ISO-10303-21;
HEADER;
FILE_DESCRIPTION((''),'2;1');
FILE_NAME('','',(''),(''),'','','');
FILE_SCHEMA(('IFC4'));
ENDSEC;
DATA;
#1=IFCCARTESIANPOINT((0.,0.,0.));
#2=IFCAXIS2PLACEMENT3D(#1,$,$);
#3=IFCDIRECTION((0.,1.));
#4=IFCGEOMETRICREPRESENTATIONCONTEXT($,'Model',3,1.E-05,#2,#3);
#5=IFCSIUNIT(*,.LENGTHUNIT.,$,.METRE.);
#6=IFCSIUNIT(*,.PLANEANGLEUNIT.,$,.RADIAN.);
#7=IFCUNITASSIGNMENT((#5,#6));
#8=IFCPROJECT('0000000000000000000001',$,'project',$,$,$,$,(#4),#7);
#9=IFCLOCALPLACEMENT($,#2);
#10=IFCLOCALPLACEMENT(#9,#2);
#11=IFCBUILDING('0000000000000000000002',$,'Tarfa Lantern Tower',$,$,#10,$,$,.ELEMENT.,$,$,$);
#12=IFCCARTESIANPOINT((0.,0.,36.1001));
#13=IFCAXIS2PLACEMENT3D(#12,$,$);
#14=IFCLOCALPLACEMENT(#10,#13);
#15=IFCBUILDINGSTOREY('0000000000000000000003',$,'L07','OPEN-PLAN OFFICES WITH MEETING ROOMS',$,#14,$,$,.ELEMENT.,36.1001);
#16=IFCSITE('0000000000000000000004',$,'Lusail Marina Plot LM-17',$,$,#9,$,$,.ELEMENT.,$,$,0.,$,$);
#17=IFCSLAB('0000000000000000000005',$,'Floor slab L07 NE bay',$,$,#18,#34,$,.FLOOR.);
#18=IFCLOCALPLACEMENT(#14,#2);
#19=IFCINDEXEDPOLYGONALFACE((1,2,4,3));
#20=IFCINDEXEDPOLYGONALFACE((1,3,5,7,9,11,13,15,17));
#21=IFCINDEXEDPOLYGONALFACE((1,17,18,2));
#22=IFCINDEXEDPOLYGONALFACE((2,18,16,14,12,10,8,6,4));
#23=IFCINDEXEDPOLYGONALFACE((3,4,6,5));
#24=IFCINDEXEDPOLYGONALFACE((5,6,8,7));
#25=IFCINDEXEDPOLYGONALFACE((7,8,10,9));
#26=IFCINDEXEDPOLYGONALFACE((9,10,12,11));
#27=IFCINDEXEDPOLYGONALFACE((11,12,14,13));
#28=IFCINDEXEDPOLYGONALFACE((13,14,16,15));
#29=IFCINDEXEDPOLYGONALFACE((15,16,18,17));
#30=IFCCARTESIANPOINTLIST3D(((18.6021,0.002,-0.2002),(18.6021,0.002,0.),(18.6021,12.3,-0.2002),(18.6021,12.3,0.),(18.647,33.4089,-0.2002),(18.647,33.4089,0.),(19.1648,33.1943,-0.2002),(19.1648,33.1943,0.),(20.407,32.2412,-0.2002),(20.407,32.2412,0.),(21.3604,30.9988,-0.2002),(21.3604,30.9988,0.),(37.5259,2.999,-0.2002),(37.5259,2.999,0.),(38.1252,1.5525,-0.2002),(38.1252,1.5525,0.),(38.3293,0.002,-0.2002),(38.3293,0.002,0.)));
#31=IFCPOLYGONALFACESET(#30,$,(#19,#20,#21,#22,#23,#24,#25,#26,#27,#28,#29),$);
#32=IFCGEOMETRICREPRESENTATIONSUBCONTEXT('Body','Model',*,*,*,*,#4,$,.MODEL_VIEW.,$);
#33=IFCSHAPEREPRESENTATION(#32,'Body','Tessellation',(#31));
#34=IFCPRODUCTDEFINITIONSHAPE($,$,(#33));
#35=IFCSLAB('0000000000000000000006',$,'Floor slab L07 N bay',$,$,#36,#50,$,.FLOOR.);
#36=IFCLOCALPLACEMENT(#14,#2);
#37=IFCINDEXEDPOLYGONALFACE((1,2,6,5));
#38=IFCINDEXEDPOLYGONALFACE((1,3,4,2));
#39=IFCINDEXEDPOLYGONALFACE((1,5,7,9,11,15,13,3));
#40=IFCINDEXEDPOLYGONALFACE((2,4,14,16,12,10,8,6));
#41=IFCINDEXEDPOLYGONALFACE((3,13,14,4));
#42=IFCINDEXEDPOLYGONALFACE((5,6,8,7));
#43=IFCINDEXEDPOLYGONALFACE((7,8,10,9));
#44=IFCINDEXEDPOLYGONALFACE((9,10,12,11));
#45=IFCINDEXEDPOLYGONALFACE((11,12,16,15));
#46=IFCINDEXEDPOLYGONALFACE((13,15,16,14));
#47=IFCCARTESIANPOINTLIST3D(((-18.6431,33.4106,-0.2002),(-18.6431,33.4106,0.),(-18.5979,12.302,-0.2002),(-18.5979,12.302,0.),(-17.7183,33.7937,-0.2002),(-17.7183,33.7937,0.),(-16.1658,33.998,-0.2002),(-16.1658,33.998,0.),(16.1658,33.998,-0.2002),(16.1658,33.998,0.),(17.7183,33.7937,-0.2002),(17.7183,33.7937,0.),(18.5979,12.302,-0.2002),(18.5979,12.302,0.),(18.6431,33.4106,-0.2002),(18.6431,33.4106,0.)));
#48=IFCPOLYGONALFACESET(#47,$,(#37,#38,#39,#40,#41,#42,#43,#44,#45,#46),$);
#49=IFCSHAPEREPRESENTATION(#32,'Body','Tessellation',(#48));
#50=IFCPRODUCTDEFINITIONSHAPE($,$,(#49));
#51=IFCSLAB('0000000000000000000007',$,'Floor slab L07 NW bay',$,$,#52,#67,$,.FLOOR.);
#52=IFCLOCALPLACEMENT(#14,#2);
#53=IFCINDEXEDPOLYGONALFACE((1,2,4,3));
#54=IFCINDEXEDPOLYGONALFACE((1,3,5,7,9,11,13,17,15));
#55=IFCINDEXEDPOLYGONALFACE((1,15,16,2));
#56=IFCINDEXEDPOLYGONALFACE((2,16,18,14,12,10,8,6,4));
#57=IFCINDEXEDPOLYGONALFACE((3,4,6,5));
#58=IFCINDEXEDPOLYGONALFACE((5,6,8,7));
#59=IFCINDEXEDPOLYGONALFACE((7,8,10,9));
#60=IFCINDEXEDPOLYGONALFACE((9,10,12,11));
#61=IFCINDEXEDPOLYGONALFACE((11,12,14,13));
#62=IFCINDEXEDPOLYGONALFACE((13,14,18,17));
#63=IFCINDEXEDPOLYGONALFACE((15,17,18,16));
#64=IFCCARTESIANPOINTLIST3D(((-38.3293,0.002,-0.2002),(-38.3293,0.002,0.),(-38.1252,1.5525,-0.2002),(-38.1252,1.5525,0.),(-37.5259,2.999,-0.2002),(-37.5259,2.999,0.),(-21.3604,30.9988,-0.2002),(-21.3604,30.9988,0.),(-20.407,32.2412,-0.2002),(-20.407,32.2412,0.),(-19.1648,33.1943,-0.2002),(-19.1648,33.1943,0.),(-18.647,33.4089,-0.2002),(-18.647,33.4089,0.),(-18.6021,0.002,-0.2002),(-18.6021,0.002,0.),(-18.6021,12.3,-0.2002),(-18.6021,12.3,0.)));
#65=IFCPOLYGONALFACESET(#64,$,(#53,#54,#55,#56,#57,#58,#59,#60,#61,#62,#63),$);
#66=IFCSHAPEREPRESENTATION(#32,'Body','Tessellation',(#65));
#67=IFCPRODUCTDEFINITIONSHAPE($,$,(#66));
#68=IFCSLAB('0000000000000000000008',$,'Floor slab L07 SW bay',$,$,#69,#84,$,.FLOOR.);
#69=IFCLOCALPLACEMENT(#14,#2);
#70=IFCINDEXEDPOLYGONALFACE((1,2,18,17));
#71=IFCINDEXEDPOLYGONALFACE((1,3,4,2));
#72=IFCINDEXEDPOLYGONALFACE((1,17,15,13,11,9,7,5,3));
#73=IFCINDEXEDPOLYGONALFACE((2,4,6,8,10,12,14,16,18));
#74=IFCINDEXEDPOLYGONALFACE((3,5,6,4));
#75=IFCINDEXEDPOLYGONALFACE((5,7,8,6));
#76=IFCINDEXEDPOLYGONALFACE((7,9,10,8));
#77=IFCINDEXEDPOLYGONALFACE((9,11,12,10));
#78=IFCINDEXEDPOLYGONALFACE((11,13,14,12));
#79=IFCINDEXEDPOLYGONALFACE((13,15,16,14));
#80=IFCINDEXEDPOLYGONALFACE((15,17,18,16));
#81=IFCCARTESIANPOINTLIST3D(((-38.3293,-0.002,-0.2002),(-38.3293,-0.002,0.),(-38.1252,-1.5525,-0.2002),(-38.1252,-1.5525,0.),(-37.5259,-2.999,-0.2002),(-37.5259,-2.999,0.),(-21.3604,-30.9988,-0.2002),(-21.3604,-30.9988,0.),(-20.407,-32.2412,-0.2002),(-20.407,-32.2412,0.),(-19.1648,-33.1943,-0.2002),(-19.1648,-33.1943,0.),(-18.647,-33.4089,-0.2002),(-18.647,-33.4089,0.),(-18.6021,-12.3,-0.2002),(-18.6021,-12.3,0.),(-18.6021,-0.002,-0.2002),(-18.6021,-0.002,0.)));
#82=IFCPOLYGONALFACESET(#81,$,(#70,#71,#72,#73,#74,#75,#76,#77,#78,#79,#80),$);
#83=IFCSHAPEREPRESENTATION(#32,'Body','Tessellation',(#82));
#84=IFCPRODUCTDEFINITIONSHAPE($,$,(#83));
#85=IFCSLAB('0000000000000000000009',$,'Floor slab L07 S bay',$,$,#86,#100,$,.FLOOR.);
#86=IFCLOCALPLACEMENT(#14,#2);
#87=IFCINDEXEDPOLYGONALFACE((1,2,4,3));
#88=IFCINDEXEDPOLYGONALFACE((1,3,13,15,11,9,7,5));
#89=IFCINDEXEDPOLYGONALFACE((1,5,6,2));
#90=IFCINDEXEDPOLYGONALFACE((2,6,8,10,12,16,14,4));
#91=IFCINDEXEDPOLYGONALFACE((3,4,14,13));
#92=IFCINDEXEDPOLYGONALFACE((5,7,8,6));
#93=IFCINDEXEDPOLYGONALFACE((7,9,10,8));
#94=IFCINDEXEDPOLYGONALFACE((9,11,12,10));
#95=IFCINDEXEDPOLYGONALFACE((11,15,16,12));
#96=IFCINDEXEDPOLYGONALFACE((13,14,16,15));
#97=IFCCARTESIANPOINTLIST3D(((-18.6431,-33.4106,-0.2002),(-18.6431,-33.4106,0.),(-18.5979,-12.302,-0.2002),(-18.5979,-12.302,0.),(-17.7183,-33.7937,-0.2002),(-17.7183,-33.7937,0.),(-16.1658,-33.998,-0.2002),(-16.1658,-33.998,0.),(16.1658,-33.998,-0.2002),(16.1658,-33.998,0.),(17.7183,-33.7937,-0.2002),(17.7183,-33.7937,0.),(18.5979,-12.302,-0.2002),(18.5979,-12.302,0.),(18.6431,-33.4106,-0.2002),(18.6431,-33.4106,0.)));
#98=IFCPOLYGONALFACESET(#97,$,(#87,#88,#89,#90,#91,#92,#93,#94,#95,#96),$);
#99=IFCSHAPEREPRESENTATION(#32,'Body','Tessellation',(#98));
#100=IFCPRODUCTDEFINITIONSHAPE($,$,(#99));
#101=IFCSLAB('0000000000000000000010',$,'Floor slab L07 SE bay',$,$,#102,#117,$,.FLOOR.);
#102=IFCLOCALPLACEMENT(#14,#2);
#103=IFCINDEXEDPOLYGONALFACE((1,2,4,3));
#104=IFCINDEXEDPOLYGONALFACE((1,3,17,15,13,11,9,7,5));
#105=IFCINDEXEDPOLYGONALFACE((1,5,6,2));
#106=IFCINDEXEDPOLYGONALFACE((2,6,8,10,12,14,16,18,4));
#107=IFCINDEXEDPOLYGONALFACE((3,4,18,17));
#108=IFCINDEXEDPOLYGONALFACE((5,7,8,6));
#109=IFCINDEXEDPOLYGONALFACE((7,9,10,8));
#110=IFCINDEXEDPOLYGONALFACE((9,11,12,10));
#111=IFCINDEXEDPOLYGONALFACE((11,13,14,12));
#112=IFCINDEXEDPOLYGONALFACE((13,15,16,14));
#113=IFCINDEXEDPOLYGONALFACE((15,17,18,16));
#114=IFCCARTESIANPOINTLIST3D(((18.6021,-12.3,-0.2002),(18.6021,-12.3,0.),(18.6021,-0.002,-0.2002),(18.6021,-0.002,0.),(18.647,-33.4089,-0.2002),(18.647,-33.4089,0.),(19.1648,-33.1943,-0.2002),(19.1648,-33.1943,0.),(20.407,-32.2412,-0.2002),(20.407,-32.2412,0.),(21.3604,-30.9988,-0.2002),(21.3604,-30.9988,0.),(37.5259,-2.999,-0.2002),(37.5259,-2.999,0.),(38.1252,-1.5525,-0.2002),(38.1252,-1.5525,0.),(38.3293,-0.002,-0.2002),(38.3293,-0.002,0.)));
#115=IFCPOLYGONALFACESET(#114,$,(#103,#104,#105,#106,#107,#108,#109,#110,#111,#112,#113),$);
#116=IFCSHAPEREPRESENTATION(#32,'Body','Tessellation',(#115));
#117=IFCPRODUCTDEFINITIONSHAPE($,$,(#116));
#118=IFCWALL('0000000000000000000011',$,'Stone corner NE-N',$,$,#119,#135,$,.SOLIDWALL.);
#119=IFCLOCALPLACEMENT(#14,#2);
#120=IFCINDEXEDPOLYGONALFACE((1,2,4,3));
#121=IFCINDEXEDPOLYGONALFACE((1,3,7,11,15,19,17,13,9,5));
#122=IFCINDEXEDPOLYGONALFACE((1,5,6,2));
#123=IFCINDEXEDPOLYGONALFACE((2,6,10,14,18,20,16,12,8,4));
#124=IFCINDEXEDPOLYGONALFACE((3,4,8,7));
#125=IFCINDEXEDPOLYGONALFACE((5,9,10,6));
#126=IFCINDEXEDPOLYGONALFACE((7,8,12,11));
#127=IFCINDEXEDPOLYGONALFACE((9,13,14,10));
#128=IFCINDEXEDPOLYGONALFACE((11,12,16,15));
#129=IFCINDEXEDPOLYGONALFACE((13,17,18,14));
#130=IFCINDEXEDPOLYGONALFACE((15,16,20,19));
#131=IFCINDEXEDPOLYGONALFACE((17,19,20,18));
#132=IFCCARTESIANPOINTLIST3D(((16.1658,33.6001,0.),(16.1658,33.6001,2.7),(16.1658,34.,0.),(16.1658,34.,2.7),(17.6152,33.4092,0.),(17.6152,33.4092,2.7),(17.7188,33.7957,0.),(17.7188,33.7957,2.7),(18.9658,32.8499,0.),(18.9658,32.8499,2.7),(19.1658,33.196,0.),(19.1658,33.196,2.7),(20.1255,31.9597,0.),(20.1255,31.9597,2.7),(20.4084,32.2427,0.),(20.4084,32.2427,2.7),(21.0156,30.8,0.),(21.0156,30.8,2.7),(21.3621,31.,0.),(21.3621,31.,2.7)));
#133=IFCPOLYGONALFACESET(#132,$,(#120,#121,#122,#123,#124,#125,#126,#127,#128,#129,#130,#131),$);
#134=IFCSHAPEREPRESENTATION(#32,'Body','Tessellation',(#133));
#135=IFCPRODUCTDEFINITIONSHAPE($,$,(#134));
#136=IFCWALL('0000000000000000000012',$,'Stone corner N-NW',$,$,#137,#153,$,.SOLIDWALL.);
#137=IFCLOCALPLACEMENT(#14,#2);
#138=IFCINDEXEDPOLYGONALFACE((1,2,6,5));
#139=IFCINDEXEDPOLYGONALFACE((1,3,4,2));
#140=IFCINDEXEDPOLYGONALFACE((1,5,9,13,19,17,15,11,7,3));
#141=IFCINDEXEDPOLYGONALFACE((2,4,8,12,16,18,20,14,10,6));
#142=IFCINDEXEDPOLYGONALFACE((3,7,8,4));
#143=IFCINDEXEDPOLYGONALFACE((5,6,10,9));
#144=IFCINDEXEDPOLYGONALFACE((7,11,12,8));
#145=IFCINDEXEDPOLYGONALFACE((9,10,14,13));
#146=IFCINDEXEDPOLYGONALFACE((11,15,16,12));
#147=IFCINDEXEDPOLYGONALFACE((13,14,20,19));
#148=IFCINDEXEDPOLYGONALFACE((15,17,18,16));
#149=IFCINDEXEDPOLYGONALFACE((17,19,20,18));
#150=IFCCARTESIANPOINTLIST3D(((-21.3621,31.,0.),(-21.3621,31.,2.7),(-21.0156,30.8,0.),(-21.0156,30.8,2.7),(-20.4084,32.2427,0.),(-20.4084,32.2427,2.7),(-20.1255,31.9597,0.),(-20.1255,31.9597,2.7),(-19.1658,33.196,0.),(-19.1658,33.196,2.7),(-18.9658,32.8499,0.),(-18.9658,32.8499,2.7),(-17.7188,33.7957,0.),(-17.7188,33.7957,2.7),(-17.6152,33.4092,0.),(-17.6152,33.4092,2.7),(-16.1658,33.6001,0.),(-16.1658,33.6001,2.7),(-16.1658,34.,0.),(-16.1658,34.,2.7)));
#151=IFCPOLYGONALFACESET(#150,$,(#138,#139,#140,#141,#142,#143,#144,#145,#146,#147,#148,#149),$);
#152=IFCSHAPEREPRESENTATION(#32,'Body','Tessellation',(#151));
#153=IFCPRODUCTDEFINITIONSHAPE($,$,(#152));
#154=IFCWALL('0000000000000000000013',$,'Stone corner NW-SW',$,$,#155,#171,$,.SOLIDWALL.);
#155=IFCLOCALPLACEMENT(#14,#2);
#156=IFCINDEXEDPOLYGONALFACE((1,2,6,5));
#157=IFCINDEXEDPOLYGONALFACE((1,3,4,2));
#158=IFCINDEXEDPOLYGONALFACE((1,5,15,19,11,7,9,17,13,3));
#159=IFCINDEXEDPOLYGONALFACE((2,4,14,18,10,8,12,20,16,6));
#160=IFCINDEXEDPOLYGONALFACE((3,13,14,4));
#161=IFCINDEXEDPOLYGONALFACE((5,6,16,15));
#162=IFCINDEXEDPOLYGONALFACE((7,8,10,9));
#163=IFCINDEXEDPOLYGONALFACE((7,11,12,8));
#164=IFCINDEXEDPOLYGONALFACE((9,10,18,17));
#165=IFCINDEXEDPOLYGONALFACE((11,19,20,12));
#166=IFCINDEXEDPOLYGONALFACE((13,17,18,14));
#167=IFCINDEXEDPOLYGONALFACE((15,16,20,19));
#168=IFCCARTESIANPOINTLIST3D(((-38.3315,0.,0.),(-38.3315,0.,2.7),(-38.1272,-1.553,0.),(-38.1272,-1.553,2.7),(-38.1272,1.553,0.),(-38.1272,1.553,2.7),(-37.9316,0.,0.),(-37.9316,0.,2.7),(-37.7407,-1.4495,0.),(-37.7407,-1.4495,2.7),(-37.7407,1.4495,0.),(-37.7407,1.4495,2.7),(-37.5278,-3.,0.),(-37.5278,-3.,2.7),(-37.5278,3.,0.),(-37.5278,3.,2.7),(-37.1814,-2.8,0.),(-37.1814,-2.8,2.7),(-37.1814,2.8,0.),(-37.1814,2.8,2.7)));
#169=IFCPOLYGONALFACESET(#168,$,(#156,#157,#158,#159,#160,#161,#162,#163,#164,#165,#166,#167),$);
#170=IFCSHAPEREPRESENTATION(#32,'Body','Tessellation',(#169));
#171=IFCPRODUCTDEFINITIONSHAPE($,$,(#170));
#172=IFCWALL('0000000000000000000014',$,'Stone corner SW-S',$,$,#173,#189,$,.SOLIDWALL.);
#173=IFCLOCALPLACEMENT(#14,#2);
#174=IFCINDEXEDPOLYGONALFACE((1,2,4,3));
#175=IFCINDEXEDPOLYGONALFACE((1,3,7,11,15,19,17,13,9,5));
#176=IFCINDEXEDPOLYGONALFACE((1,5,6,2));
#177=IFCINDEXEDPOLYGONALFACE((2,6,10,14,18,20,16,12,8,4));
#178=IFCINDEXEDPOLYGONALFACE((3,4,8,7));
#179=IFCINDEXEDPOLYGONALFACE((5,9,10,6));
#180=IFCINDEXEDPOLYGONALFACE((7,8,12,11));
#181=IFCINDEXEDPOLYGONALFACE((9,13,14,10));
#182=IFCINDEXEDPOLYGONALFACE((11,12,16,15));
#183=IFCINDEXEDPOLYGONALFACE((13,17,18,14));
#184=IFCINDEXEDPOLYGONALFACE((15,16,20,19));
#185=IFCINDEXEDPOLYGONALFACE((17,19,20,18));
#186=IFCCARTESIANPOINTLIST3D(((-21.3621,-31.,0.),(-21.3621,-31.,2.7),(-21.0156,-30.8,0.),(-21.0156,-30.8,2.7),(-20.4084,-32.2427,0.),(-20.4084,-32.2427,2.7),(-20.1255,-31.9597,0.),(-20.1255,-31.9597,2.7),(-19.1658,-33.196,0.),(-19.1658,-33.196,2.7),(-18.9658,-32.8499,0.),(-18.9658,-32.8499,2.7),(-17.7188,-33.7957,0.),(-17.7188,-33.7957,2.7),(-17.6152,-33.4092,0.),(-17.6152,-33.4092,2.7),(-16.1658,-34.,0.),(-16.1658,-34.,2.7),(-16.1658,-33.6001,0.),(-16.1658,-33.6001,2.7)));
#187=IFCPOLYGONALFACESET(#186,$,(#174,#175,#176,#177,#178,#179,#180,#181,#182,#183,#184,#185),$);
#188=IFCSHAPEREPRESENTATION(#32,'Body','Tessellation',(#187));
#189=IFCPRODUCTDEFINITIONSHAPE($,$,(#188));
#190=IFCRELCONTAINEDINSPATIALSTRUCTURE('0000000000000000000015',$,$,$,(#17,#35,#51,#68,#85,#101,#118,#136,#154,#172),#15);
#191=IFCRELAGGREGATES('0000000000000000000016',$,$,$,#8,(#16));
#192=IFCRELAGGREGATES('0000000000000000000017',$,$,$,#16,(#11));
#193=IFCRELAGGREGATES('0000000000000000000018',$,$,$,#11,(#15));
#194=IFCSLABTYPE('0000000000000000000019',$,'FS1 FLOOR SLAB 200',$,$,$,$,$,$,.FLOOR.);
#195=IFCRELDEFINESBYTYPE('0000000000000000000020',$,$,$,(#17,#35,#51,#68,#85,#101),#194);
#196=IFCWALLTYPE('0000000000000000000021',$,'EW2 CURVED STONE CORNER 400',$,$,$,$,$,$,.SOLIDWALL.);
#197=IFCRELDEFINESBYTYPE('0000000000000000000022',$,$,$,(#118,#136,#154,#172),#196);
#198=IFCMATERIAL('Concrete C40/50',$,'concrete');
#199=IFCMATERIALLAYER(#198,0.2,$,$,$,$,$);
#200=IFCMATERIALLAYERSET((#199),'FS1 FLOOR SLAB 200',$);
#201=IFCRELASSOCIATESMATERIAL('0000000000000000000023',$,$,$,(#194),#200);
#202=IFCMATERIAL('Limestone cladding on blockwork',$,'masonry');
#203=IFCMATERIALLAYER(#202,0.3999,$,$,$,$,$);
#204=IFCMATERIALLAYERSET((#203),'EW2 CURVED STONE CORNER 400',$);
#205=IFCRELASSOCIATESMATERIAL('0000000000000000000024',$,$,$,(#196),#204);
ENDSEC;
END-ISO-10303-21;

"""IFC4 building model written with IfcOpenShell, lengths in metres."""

from ifc_helpers import new_model, si_unit, direction, frame, origin, place, context, subcontext, project, spatial, polyline, outline, extrude, material, layer, layer_set, type_object, element, save


model = new_model("IFC4")

# Units and contexts
model_context = context("Model", 3, precision=1e-05, world=origin(), true_north=direction((0.0, 1.0)))
body_context = subcontext(model_context, "Body", "Model", "MODEL_VIEW")
ifc_project = project(units=[si_unit("LENGTHUNIT", "METRE"), si_unit("PLANEANGLEUNIT", "RADIAN")], contexts=[model_context])

# Site, building, storey
site_placement = place(None, origin())
site = spatial("IfcSite", under=ifc_project, at=site_placement, Name="Lusail Marina Plot LM-17", CompositionType="ELEMENT", RefElevation=0.0)
building_placement = place(site_placement, origin())
building = spatial("IfcBuilding", under=site, at=building_placement, Name="Tarfa Lantern Tower", CompositionType="ELEMENT")
storey_placement = place(building_placement, frame((0.0, 0.0, 36.1001)))
storey = spatial("IfcBuildingStorey", under=building, at=storey_placement, Name="L07", Description="OPEN-PLAN OFFICES WITH MEETING ROOMS", CompositionType="ELEMENT", Elevation=36.1001)

# Slabs
ifc_material_1 = material(Name="Concrete C40/50", Category="concrete")
ifc_layer_1 = layer(ifc_material_1, 0.2)
ifc_layer_set_1 = layer_set([ifc_layer_1], Name="FS1 FLOOR SLAB 200")
slab_type_1 = type_object("IfcSlabType", Name="FS1 FLOOR SLAB 200", PredefinedType="FLOOR", material=ifc_layer_set_1)
slab_1_placement = place(storey_placement, frame((0.0, 0.0, -0.2002)))
element("IfcSlab", 1, at=slab_1_placement, inside=storey, type_object=slab_type_1, Name="Floor slab L07 NE bay", PredefinedType="FLOOR", context=body_context, shape_type="SweptSolid", body=[
    extrude(outline(polyline([(37.5259, 2.999), (21.3604, 30.9988), (20.407, 32.2412), (19.1648, 33.1943), (18.647, 33.4089), (18.6021, 12.3), (18.6021, 0.002), (38.3293, 0.002), (38.1252, 1.5525), (37.5259, 2.999)])), origin(), (0.0, 0.0, 1.0), 0.2002),
])
slab_2_placement = place(storey_placement, frame((0.0, 0.0, -0.2002)))
element("IfcSlab", 2, at=slab_2_placement, inside=storey, type_object=slab_type_1, Name="Floor slab L07 N bay", PredefinedType="FLOOR", context=body_context, shape_type="SweptSolid", body=[
    extrude(outline(polyline([(-18.5979, 12.302), (18.5979, 12.302), (18.6431, 33.4106), (17.7183, 33.7937), (16.1658, 33.998), (-16.1658, 33.998), (-17.7183, 33.7937), (-18.6431, 33.4106), (-18.5979, 12.302)])), origin(), (0.0, 0.0, 1.0), 0.2002),
])
slab_3_placement = place(storey_placement, frame((0.0, 0.0, -0.2002)))
element("IfcSlab", 3, at=slab_3_placement, inside=storey, type_object=slab_type_1, Name="Floor slab L07 NW bay", PredefinedType="FLOOR", context=body_context, shape_type="SweptSolid", body=[
    extrude(outline(polyline([(-18.6021, 0.002), (-18.6021, 12.3), (-18.647, 33.4089), (-19.1648, 33.1943), (-20.407, 32.2412), (-21.3604, 30.9988), (-37.5259, 2.999), (-38.1252, 1.5525), (-38.3293, 0.002), (-18.6021, 0.002)])), origin(), (0.0, 0.0, 1.0), 0.2002),
])
slab_4_placement = place(storey_placement, frame((0.0, 0.0, -0.2002)))
element("IfcSlab", 4, at=slab_4_placement, inside=storey, type_object=slab_type_1, Name="Floor slab L07 SW bay", PredefinedType="FLOOR", context=body_context, shape_type="SweptSolid", body=[
    extrude(outline(polyline([(-18.6021, -12.3), (-18.6021, -0.002), (-38.3293, -0.002), (-38.1252, -1.5525), (-37.5259, -2.999), (-21.3604, -30.9988), (-20.407, -32.2412), (-19.1648, -33.1943), (-18.647, -33.4089), (-18.6021, -12.3)])), origin(), (0.0, 0.0, 1.0), 0.2002),
])
slab_5_placement = place(storey_placement, frame((0.0, 0.0, -0.2002)))
element("IfcSlab", 5, at=slab_5_placement, inside=storey, type_object=slab_type_1, Name="Floor slab L07 S bay", PredefinedType="FLOOR", context=body_context, shape_type="SweptSolid", body=[
    extrude(outline(polyline([(18.5979, -12.302), (-18.5979, -12.302), (-18.6431, -33.4106), (-17.7183, -33.7937), (-16.1658, -33.998), (16.1658, -33.998), (17.7183, -33.7937), (18.6431, -33.4106), (18.5979, -12.302)])), origin(), (0.0, 0.0, 1.0), 0.2002),
])
slab_6_placement = place(storey_placement, frame((0.0, 0.0, -0.2002)))
element("IfcSlab", 6, at=slab_6_placement, inside=storey, type_object=slab_type_1, Name="Floor slab L07 SE bay", PredefinedType="FLOOR", context=body_context, shape_type="SweptSolid", body=[
    extrude(outline(polyline([(18.6021, -0.002), (18.6021, -12.3), (18.647, -33.4089), (19.1648, -33.1943), (20.407, -32.2412), (21.3604, -30.9988), (37.5259, -2.999), (38.1252, -1.5525), (38.3293, -0.002), (18.6021, -0.002)])), origin(), (0.0, 0.0, 1.0), 0.2002),
])

# Walls
ifc_material_2 = material(Name="Limestone cladding on blockwork", Category="masonry")
ifc_layer_2 = layer(ifc_material_2, 0.3999)
ifc_layer_set_2 = layer_set([ifc_layer_2], Name="EW2 CURVED STONE CORNER 400")
wall_type_1 = type_object("IfcWallType", Name="EW2 CURVED STONE CORNER 400", PredefinedType="SOLIDWALL", material=ifc_layer_set_2)
wall_1_placement = place(storey_placement, origin())
element("IfcWall", 7, at=wall_1_placement, inside=storey, type_object=wall_type_1, Name="Stone corner NE-N", PredefinedType="SOLIDWALL", context=body_context, shape_type="SweptSolid", body=[
    extrude(outline(polyline([(21.3621, 31.0), (20.4084, 32.2427), (19.1658, 33.196), (17.7188, 33.7957), (16.1658, 34.0), (16.1658, 33.6001), (17.6152, 33.4092), (18.9658, 32.8499), (20.1255, 31.9597), (21.0156, 30.8), (21.3621, 31.0)])), origin(), (0.0, 0.0, 1.0), 2.7),
])
wall_2_placement = place(storey_placement, origin())
element("IfcWall", 8, at=wall_2_placement, inside=storey, type_object=wall_type_1, Name="Stone corner N-NW", PredefinedType="SOLIDWALL", context=body_context, shape_type="SweptSolid", body=[
    extrude(outline(polyline([(-16.1658, 34.0), (-17.7188, 33.7957), (-19.1658, 33.196), (-20.4084, 32.2427), (-21.3621, 31.0), (-21.0156, 30.8), (-20.1255, 31.9597), (-18.9658, 32.8499), (-17.6152, 33.4092), (-16.1658, 33.6001), (-16.1658, 34.0)])), origin(), (0.0, 0.0, 1.0), 2.7),
])
wall_3_placement = place(storey_placement, origin())
element("IfcWall", 9, at=wall_3_placement, inside=storey, type_object=wall_type_1, Name="Stone corner NW-SW", PredefinedType="SOLIDWALL", context=body_context, shape_type="SweptSolid", body=[
    extrude(outline(polyline([(-37.5278, 3.0), (-38.1272, 1.553), (-38.3315, 0.0), (-38.1272, -1.553), (-37.5278, -3.0), (-37.1814, -2.8), (-37.7407, -1.4495), (-37.9316, 0.0), (-37.7407, 1.4495), (-37.1814, 2.8), (-37.5278, 3.0)])), origin(), (0.0, 0.0, 1.0), 2.7),
])
wall_4_placement = place(storey_placement, origin())
element("IfcWall", 10, at=wall_4_placement, inside=storey, type_object=wall_type_1, Name="Stone corner SW-S", PredefinedType="SOLIDWALL", context=body_context, shape_type="SweptSolid", body=[
    extrude(outline(polyline([(-21.3621, -31.0), (-20.4084, -32.2427), (-19.1658, -33.196), (-17.7188, -33.7957), (-16.1658, -34.0), (-16.1658, -33.6001), (-17.6152, -33.4092), (-18.9658, -32.8499), (-20.1255, -31.9597), (-21.0156, -30.8), (-21.3621, -31.0)])), origin(), (0.0, 0.0, 1.0), 2.7),
])

save(model, "model.ifc")
